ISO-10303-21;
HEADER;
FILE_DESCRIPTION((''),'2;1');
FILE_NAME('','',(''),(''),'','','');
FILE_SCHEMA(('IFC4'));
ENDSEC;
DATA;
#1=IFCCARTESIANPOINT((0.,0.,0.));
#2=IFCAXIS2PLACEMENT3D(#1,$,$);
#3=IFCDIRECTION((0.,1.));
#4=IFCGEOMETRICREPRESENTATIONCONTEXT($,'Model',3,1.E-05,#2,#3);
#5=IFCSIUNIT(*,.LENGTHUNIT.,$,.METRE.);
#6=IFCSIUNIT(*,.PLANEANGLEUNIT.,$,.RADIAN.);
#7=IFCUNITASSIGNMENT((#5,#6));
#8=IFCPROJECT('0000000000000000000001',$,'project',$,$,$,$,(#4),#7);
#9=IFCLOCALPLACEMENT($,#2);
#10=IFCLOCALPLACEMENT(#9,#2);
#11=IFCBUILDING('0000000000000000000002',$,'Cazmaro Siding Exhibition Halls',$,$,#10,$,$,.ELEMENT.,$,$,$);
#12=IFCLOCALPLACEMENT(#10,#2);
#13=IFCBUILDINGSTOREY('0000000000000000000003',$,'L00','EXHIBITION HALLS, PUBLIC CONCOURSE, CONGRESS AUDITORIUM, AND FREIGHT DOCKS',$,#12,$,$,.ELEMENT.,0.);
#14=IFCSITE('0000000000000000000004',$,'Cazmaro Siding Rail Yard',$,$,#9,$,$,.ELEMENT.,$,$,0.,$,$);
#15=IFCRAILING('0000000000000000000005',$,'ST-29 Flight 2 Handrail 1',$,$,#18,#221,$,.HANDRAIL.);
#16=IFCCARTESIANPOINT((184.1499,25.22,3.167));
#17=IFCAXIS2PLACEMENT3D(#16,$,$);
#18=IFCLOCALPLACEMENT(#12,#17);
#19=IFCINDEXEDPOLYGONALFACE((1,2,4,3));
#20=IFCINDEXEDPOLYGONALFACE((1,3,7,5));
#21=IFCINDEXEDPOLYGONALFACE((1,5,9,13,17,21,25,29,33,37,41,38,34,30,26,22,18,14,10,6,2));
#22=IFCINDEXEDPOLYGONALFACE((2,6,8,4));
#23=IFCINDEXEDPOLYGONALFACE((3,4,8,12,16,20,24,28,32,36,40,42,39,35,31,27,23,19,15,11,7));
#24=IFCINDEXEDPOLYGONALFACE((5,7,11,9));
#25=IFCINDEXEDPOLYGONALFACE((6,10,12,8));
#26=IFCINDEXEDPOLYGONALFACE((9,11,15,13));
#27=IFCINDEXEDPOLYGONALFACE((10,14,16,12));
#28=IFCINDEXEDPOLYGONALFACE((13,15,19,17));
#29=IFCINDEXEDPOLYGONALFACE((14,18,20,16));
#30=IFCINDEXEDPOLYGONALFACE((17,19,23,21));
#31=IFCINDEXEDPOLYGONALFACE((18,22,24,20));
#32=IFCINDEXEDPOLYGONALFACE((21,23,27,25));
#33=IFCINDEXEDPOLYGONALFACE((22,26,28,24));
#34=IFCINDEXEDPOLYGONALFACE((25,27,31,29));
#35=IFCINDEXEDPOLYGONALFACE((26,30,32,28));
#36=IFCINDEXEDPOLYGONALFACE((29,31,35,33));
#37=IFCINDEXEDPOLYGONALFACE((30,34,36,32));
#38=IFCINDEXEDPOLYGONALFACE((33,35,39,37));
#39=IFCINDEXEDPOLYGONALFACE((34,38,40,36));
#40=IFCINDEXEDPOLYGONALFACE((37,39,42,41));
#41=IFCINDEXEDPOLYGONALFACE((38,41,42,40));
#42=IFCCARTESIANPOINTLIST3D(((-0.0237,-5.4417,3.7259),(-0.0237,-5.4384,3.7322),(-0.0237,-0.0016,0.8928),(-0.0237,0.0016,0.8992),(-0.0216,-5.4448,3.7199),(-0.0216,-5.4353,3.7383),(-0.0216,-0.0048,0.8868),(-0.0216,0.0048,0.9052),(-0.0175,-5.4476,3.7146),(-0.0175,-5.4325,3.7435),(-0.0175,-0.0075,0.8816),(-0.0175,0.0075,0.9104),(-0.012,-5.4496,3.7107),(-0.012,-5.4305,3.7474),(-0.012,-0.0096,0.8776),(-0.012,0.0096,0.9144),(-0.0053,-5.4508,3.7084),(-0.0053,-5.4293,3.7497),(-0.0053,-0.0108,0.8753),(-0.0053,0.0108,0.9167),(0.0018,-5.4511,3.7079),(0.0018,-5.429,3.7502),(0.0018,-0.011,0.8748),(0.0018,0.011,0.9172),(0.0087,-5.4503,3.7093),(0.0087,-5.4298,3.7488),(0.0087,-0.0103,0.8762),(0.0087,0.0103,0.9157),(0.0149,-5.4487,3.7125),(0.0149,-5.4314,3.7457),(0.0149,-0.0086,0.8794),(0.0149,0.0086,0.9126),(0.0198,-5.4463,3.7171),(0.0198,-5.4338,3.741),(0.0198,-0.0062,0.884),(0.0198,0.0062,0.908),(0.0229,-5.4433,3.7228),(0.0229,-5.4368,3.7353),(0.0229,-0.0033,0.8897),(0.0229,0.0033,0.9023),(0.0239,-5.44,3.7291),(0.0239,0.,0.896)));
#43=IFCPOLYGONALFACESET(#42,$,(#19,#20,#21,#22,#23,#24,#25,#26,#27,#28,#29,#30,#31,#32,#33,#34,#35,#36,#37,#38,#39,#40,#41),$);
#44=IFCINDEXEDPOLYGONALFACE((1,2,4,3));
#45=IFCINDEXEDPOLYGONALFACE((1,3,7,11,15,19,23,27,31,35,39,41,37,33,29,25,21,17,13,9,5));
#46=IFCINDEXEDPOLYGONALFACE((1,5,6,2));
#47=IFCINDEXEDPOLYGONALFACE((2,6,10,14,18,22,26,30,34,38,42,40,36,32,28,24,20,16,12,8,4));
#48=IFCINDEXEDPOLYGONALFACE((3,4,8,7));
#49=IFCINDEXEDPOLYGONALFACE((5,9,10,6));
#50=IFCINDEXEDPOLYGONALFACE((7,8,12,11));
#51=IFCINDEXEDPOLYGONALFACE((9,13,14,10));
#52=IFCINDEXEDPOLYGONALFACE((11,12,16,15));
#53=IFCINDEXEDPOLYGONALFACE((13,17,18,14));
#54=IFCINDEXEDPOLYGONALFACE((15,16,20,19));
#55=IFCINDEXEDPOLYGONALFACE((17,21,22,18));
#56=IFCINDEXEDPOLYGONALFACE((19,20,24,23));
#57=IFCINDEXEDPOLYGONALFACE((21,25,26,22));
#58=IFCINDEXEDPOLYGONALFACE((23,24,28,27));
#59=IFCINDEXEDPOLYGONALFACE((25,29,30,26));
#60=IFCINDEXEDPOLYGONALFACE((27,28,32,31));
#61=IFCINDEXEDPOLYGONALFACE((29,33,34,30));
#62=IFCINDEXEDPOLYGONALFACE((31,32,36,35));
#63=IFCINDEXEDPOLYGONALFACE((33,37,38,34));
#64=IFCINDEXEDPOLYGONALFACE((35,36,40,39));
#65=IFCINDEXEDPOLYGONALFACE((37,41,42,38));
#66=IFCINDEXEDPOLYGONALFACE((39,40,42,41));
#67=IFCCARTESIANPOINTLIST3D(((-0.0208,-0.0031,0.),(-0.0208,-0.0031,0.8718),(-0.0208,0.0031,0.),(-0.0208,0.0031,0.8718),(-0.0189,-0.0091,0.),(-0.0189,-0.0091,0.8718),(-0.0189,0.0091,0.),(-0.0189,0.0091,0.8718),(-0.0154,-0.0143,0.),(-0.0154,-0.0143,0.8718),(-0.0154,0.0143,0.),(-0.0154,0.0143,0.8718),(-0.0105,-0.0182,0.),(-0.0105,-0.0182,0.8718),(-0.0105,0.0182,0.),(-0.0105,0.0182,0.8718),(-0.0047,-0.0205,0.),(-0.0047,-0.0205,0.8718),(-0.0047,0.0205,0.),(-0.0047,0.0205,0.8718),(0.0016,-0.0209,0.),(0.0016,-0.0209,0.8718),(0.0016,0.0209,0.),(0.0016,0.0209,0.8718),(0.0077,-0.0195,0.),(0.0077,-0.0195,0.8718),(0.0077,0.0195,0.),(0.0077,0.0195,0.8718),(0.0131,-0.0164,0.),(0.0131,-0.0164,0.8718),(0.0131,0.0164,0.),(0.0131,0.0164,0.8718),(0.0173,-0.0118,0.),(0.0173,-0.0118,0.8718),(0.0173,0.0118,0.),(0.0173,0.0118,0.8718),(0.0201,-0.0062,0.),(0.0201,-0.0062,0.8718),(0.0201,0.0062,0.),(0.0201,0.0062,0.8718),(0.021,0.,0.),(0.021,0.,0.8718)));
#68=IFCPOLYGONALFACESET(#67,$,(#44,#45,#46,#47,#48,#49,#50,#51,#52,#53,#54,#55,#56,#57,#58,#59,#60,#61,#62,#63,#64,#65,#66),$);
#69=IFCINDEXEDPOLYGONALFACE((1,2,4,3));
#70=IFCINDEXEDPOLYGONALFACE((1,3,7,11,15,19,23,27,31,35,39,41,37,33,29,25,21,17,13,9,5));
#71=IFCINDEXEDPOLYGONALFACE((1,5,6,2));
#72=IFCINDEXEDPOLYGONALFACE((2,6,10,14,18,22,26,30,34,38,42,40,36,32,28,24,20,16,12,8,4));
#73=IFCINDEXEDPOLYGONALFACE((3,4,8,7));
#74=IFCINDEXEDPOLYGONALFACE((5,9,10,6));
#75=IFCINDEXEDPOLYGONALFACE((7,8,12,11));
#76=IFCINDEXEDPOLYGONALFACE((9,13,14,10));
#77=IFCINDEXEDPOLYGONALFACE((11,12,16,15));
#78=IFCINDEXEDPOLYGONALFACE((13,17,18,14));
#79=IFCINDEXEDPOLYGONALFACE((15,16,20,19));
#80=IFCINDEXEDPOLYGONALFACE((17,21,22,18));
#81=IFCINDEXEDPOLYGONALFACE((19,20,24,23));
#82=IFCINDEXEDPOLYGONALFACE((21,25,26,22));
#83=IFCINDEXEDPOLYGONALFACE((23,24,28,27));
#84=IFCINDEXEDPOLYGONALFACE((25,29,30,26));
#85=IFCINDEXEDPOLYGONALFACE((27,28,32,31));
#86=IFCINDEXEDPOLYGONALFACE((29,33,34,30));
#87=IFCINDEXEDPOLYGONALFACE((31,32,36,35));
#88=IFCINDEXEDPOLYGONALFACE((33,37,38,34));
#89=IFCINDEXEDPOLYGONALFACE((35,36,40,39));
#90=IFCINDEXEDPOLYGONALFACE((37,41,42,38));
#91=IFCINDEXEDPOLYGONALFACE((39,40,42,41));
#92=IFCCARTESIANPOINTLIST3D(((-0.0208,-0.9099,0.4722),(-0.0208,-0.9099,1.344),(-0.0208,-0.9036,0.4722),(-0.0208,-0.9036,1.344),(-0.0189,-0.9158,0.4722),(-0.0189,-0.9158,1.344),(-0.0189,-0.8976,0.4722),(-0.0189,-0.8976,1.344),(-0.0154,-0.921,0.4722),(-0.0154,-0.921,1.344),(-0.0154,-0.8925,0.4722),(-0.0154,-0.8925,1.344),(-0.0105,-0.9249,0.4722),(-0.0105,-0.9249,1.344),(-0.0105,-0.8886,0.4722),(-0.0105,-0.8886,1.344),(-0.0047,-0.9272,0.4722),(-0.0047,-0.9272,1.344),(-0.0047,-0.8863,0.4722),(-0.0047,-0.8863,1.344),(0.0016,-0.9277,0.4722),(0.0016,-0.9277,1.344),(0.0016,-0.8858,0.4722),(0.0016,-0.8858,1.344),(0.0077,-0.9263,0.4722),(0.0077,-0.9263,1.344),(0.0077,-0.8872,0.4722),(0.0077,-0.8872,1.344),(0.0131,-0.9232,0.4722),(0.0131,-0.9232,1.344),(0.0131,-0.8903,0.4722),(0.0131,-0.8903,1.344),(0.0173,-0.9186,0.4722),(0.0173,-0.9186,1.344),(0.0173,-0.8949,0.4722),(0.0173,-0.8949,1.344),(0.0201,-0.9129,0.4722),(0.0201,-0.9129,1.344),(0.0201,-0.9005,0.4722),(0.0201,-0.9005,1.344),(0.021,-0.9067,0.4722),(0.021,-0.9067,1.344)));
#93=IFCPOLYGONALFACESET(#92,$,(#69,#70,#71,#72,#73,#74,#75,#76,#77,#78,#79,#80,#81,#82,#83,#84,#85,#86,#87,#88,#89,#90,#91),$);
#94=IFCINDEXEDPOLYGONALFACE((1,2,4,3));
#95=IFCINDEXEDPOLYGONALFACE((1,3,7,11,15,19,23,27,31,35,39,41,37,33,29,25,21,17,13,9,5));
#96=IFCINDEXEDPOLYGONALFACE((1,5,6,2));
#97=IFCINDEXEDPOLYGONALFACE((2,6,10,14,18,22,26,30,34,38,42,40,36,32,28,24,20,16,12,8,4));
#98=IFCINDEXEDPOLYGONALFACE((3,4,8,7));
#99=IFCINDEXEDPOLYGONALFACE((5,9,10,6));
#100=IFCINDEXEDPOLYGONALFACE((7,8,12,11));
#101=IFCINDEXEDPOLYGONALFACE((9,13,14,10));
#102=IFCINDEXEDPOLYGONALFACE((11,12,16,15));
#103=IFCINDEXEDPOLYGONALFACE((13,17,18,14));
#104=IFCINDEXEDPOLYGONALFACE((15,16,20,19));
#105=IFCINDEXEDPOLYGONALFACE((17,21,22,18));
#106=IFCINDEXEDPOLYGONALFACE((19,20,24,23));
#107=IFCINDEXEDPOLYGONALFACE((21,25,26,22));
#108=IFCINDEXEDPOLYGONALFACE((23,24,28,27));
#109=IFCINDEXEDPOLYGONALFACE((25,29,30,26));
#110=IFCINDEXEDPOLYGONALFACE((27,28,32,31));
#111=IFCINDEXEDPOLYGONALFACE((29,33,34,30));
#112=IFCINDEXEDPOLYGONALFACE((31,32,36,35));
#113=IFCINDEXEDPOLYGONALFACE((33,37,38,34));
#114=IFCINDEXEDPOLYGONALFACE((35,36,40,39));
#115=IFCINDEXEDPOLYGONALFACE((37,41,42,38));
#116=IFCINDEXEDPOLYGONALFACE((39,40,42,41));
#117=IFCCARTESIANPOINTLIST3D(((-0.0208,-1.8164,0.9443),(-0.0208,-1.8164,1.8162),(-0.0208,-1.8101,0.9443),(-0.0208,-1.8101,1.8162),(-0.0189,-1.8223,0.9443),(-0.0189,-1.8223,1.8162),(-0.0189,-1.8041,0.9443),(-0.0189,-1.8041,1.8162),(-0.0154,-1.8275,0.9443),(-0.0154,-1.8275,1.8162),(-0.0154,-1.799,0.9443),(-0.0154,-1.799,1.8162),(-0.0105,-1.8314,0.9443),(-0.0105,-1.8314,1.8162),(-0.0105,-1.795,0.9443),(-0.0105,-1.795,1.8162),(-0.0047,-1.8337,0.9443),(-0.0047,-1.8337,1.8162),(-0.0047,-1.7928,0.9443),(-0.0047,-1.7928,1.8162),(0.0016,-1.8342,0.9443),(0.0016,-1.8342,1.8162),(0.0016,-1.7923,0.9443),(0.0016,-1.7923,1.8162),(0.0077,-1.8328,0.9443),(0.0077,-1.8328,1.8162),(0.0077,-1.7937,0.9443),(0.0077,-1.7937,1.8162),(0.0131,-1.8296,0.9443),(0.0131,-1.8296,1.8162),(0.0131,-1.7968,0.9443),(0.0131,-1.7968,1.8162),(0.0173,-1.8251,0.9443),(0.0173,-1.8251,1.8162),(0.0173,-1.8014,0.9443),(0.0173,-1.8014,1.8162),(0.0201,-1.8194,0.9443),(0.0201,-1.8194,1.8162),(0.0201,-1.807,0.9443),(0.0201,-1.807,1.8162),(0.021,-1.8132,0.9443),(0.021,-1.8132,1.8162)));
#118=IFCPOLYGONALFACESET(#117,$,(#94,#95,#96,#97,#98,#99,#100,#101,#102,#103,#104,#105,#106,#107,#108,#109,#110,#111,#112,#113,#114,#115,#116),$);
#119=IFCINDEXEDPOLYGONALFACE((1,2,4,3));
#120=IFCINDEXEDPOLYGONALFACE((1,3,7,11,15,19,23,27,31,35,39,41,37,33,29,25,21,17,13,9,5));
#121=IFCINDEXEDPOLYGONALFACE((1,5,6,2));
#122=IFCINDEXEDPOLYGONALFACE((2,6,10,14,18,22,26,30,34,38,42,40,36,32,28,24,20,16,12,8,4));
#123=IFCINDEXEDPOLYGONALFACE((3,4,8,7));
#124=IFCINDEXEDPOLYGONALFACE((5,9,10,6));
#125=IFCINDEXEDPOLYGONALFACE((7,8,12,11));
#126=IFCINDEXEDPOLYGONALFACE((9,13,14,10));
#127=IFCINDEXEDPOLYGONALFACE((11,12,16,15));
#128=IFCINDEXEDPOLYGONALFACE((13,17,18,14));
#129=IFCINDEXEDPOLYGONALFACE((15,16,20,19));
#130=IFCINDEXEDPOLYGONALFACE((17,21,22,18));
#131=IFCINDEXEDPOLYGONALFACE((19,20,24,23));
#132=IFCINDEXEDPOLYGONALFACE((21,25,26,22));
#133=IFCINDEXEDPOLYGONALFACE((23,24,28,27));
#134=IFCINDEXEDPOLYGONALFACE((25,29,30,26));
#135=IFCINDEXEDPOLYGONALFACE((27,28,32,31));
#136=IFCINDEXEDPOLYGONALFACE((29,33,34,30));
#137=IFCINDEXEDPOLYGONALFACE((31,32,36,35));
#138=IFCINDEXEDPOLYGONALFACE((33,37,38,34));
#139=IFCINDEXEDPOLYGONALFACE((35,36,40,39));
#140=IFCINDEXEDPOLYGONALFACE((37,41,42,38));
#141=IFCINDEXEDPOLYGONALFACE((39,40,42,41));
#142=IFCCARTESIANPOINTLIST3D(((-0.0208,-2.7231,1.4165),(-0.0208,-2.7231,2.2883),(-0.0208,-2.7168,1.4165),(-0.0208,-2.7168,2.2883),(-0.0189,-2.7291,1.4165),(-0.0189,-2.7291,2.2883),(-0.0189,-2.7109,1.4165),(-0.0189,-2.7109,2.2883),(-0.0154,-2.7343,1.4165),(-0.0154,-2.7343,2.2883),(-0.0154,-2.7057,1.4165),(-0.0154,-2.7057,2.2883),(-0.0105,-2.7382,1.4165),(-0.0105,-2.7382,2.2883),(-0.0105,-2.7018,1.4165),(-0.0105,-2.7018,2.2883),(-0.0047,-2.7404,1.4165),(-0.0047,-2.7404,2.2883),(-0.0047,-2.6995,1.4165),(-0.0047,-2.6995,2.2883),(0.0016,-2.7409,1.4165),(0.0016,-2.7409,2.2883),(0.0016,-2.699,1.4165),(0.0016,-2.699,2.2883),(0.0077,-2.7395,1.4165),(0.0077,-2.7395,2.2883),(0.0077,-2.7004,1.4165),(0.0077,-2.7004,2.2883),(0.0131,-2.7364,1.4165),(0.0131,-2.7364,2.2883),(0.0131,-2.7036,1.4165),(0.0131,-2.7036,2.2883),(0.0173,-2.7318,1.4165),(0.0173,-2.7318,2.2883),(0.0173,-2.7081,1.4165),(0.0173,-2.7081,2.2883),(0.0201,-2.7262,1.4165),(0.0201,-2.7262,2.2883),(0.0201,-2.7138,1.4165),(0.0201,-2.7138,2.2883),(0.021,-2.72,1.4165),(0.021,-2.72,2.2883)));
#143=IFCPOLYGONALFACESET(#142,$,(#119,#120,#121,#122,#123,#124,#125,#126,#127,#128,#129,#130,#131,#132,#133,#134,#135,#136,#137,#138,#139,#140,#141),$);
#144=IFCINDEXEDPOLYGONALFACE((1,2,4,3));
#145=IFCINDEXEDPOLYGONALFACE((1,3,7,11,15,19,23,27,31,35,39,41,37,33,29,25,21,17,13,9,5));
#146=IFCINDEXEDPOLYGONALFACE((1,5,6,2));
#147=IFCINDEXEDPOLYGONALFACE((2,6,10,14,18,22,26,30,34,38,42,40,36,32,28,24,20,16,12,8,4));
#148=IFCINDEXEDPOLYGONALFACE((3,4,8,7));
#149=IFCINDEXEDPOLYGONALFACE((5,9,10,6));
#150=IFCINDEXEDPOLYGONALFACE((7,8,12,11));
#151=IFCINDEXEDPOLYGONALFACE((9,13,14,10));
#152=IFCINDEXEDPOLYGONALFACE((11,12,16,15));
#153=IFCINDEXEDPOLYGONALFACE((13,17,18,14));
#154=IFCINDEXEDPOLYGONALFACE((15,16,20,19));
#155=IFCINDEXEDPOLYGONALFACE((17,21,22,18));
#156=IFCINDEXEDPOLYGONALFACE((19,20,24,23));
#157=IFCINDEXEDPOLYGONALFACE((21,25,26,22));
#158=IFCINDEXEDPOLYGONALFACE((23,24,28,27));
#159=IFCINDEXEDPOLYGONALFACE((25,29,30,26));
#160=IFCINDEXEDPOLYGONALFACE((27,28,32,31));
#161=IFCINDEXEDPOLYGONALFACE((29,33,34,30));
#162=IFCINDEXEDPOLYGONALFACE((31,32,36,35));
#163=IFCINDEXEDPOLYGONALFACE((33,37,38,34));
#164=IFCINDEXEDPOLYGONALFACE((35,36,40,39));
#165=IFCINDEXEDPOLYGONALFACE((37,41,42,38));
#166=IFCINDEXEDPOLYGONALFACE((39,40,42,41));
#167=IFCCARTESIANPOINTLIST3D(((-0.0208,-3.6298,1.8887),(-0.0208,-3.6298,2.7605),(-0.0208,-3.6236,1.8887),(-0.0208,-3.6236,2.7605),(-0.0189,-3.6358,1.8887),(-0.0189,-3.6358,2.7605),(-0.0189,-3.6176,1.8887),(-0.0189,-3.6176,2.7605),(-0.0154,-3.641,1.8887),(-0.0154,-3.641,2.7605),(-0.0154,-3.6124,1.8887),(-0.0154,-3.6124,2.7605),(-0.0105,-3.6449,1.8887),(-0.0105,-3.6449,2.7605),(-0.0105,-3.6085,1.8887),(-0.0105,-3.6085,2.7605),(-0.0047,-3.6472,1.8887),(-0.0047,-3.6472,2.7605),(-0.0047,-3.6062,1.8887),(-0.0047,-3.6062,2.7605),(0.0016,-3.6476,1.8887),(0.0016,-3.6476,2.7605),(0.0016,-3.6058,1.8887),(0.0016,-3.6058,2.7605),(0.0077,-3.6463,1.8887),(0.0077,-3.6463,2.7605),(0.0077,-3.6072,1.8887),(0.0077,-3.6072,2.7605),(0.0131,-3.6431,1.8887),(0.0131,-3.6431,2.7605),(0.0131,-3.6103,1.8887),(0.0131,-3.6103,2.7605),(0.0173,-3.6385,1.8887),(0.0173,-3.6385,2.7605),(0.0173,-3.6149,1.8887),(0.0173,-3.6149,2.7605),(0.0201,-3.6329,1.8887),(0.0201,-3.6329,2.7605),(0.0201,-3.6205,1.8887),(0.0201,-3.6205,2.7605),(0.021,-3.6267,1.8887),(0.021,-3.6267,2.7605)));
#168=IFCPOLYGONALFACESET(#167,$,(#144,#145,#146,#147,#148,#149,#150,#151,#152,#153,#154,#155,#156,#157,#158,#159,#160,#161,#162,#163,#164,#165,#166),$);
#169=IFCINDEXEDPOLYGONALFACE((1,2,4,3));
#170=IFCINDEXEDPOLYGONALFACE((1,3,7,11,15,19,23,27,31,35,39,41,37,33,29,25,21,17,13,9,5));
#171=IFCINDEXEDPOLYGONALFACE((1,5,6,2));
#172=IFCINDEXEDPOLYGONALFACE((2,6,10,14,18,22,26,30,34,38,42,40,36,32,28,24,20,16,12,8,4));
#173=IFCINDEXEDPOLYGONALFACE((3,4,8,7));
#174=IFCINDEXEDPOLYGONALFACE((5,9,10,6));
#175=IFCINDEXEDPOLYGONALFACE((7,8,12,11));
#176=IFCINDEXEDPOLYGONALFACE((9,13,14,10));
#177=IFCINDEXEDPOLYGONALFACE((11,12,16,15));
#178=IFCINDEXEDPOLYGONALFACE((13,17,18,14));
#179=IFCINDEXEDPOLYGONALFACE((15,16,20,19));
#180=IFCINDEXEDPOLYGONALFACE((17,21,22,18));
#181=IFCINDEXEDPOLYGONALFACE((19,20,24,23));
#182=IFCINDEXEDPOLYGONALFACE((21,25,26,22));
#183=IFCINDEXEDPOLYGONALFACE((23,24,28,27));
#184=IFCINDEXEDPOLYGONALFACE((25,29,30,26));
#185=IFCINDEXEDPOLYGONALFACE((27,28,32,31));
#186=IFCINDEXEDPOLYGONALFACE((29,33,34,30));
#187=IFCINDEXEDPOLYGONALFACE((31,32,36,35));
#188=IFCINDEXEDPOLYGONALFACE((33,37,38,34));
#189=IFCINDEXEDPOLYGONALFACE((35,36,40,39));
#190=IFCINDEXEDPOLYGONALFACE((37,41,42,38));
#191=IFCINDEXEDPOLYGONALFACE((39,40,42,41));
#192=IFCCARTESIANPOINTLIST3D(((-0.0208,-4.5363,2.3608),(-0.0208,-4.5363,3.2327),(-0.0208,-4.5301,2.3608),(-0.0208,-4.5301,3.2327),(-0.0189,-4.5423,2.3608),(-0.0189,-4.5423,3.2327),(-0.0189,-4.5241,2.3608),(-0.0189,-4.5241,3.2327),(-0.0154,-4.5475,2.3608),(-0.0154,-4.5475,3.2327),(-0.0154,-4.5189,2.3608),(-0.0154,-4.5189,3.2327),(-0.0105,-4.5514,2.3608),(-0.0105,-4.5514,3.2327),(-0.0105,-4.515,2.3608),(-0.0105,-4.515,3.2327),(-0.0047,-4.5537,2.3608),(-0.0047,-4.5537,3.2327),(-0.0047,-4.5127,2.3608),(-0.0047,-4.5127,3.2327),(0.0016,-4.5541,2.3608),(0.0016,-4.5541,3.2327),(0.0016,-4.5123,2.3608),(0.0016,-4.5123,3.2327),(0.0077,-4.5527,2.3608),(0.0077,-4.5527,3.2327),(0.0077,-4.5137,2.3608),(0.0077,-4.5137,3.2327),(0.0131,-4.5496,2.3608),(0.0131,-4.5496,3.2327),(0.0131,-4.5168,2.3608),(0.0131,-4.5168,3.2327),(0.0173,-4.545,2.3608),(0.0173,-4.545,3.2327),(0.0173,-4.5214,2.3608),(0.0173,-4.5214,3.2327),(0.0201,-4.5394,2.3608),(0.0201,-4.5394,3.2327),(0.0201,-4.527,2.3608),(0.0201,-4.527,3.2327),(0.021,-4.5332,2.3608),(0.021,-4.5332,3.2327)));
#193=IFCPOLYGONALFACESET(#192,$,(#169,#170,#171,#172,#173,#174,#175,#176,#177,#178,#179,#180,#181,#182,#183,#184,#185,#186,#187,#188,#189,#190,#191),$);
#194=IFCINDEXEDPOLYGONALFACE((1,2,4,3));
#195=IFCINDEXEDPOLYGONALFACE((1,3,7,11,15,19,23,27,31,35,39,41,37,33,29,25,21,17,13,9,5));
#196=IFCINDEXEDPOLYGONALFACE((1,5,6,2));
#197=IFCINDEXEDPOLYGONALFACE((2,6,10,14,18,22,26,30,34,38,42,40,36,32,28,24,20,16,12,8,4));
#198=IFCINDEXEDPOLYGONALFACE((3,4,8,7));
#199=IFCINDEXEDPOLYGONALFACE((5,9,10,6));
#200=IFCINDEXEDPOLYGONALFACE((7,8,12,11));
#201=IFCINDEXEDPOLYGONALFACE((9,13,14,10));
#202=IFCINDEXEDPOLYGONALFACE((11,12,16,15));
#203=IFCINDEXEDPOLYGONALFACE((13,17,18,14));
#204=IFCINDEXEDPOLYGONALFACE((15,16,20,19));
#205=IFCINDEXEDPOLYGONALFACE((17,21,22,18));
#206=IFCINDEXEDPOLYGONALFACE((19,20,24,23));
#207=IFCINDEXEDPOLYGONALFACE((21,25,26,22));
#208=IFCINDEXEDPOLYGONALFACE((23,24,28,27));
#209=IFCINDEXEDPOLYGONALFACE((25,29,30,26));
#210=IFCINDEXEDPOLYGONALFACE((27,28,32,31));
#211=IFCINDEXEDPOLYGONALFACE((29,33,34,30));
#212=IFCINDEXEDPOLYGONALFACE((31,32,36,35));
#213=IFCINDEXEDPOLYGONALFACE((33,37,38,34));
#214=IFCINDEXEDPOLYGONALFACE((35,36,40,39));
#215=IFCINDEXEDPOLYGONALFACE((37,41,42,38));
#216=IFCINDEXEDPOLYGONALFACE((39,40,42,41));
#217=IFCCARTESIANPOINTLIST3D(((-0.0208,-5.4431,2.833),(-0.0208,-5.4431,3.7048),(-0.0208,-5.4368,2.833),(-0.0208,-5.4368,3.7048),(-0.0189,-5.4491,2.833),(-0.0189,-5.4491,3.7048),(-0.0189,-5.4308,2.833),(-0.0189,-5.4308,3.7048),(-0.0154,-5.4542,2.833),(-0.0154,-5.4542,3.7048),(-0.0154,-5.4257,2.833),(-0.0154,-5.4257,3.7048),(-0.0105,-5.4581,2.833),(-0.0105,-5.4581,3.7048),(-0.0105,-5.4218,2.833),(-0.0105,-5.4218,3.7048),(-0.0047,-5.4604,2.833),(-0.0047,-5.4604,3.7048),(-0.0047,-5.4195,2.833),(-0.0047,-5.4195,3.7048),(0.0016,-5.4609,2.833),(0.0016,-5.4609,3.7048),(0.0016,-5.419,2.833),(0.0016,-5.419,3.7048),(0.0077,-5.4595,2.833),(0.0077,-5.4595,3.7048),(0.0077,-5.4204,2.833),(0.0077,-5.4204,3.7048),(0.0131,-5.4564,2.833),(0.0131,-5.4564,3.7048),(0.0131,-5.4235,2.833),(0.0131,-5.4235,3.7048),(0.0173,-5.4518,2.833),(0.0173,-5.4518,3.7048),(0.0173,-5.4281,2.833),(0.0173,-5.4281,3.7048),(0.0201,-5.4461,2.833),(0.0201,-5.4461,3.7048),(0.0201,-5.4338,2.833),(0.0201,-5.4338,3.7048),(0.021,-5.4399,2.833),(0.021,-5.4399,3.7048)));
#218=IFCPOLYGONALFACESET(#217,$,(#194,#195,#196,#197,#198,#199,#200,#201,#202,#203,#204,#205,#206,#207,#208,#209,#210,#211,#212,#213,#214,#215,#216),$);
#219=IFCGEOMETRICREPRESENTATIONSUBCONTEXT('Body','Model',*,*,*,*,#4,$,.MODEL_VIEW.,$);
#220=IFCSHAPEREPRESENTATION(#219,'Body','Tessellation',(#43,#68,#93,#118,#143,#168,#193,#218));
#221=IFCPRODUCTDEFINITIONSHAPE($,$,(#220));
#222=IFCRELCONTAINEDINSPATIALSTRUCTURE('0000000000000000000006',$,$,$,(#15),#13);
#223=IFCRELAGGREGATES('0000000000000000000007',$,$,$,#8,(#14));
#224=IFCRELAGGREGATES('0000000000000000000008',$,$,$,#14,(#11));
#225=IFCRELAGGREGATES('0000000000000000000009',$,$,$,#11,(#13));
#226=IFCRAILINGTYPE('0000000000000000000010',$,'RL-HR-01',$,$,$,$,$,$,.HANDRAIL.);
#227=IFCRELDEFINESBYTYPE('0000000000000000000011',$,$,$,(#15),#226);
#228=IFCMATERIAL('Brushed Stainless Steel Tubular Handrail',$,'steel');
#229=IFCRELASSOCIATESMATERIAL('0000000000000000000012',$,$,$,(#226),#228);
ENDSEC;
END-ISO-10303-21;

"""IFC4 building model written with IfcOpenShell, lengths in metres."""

from ifc_helpers import new_model, si_unit, direction, frame, origin, origin_2d, place, context, subcontext, project, spatial, circle, extrude, material, type_object, element, save


model = new_model("IFC4")

# Units and contexts
model_context = context("Model", 3, precision=1e-05, world=origin(), true_north=direction((0.0, 1.0)))
body_context = subcontext(model_context, "Body", "Model", "MODEL_VIEW")
ifc_project = project(units=[si_unit("LENGTHUNIT", "METRE"), si_unit("PLANEANGLEUNIT", "RADIAN")], contexts=[model_context])

# Site, building, storey
site_placement = place(None, origin())
site = spatial("IfcSite", under=ifc_project, at=site_placement, Name="Cazmaro Siding Rail Yard", CompositionType="ELEMENT", RefElevation=0.0)
building_placement = place(site_placement, origin())
building = spatial("IfcBuilding", under=site, at=building_placement, Name="Cazmaro Siding Exhibition Halls", CompositionType="ELEMENT")
storey_placement = place(building_placement, origin())
storey = spatial("IfcBuildingStorey", under=building, at=storey_placement, Name="L00", Description="EXHIBITION HALLS, PUBLIC CONCOURSE, CONGRESS AUDITORIUM, AND FREIGHT DOCKS", CompositionType="ELEMENT", Elevation=0.0)

# Railing
ifc_material_1 = material(Name="Brushed Stainless Steel Tubular Handrail", Category="steel")
railing_type_1 = type_object("IfcRailingType", Name="RL-HR-01", PredefinedType="HANDRAIL", material=ifc_material_1)
railing_1_placement = place(storey_placement, frame((184.1499, 25.22, 3.167)))
element("IfcRailing", 1, at=railing_1_placement, inside=storey, type_object=railing_type_1, Name="ST-29 Flight 2 Handrail 1", PredefinedType="HANDRAIL", context=body_context, shape_type="SweptSolid", body=[
    extrude(circle(Radius=0.0239, at=origin_2d()), frame((0.0, 0.0, 0.896), z_axis=(0.0, -0.886934, 0.461897), x_axis=(1.0, 0.0, 0.0)), (0.0, 0.0, 1.0), 6.1335),
    extrude(circle(Radius=0.021, at=origin_2d()), origin(), (0.0, 0.0, 1.0), 0.8718),
    extrude(circle(Radius=0.021, at=origin_2d()), frame((0.0, -0.9067, 0.4722)), (0.0, 0.0, 1.0), 0.8718),
    extrude(circle(Radius=0.021, at=origin_2d()), frame((0.0, -1.8132, 0.9443)), (0.0, 0.0, 1.0), 0.8718),
    extrude(circle(Radius=0.021, at=origin_2d()), frame((0.0, -2.72, 1.4165)), (0.0, 0.0, 1.0), 0.8718),
    extrude(circle(Radius=0.021, at=origin_2d()), frame((0.0, -3.6267, 1.8887)), (0.0, 0.0, 1.0), 0.8718),
    extrude(circle(Radius=0.021, at=origin_2d()), frame((0.0, -4.5332, 2.3608)), (0.0, 0.0, 1.0), 0.8718),
    extrude(circle(Radius=0.021, at=origin_2d()), frame((0.0, -5.4399, 2.833)), (0.0, 0.0, 1.0), 0.8718),
])

save(model, "model.ifc")
